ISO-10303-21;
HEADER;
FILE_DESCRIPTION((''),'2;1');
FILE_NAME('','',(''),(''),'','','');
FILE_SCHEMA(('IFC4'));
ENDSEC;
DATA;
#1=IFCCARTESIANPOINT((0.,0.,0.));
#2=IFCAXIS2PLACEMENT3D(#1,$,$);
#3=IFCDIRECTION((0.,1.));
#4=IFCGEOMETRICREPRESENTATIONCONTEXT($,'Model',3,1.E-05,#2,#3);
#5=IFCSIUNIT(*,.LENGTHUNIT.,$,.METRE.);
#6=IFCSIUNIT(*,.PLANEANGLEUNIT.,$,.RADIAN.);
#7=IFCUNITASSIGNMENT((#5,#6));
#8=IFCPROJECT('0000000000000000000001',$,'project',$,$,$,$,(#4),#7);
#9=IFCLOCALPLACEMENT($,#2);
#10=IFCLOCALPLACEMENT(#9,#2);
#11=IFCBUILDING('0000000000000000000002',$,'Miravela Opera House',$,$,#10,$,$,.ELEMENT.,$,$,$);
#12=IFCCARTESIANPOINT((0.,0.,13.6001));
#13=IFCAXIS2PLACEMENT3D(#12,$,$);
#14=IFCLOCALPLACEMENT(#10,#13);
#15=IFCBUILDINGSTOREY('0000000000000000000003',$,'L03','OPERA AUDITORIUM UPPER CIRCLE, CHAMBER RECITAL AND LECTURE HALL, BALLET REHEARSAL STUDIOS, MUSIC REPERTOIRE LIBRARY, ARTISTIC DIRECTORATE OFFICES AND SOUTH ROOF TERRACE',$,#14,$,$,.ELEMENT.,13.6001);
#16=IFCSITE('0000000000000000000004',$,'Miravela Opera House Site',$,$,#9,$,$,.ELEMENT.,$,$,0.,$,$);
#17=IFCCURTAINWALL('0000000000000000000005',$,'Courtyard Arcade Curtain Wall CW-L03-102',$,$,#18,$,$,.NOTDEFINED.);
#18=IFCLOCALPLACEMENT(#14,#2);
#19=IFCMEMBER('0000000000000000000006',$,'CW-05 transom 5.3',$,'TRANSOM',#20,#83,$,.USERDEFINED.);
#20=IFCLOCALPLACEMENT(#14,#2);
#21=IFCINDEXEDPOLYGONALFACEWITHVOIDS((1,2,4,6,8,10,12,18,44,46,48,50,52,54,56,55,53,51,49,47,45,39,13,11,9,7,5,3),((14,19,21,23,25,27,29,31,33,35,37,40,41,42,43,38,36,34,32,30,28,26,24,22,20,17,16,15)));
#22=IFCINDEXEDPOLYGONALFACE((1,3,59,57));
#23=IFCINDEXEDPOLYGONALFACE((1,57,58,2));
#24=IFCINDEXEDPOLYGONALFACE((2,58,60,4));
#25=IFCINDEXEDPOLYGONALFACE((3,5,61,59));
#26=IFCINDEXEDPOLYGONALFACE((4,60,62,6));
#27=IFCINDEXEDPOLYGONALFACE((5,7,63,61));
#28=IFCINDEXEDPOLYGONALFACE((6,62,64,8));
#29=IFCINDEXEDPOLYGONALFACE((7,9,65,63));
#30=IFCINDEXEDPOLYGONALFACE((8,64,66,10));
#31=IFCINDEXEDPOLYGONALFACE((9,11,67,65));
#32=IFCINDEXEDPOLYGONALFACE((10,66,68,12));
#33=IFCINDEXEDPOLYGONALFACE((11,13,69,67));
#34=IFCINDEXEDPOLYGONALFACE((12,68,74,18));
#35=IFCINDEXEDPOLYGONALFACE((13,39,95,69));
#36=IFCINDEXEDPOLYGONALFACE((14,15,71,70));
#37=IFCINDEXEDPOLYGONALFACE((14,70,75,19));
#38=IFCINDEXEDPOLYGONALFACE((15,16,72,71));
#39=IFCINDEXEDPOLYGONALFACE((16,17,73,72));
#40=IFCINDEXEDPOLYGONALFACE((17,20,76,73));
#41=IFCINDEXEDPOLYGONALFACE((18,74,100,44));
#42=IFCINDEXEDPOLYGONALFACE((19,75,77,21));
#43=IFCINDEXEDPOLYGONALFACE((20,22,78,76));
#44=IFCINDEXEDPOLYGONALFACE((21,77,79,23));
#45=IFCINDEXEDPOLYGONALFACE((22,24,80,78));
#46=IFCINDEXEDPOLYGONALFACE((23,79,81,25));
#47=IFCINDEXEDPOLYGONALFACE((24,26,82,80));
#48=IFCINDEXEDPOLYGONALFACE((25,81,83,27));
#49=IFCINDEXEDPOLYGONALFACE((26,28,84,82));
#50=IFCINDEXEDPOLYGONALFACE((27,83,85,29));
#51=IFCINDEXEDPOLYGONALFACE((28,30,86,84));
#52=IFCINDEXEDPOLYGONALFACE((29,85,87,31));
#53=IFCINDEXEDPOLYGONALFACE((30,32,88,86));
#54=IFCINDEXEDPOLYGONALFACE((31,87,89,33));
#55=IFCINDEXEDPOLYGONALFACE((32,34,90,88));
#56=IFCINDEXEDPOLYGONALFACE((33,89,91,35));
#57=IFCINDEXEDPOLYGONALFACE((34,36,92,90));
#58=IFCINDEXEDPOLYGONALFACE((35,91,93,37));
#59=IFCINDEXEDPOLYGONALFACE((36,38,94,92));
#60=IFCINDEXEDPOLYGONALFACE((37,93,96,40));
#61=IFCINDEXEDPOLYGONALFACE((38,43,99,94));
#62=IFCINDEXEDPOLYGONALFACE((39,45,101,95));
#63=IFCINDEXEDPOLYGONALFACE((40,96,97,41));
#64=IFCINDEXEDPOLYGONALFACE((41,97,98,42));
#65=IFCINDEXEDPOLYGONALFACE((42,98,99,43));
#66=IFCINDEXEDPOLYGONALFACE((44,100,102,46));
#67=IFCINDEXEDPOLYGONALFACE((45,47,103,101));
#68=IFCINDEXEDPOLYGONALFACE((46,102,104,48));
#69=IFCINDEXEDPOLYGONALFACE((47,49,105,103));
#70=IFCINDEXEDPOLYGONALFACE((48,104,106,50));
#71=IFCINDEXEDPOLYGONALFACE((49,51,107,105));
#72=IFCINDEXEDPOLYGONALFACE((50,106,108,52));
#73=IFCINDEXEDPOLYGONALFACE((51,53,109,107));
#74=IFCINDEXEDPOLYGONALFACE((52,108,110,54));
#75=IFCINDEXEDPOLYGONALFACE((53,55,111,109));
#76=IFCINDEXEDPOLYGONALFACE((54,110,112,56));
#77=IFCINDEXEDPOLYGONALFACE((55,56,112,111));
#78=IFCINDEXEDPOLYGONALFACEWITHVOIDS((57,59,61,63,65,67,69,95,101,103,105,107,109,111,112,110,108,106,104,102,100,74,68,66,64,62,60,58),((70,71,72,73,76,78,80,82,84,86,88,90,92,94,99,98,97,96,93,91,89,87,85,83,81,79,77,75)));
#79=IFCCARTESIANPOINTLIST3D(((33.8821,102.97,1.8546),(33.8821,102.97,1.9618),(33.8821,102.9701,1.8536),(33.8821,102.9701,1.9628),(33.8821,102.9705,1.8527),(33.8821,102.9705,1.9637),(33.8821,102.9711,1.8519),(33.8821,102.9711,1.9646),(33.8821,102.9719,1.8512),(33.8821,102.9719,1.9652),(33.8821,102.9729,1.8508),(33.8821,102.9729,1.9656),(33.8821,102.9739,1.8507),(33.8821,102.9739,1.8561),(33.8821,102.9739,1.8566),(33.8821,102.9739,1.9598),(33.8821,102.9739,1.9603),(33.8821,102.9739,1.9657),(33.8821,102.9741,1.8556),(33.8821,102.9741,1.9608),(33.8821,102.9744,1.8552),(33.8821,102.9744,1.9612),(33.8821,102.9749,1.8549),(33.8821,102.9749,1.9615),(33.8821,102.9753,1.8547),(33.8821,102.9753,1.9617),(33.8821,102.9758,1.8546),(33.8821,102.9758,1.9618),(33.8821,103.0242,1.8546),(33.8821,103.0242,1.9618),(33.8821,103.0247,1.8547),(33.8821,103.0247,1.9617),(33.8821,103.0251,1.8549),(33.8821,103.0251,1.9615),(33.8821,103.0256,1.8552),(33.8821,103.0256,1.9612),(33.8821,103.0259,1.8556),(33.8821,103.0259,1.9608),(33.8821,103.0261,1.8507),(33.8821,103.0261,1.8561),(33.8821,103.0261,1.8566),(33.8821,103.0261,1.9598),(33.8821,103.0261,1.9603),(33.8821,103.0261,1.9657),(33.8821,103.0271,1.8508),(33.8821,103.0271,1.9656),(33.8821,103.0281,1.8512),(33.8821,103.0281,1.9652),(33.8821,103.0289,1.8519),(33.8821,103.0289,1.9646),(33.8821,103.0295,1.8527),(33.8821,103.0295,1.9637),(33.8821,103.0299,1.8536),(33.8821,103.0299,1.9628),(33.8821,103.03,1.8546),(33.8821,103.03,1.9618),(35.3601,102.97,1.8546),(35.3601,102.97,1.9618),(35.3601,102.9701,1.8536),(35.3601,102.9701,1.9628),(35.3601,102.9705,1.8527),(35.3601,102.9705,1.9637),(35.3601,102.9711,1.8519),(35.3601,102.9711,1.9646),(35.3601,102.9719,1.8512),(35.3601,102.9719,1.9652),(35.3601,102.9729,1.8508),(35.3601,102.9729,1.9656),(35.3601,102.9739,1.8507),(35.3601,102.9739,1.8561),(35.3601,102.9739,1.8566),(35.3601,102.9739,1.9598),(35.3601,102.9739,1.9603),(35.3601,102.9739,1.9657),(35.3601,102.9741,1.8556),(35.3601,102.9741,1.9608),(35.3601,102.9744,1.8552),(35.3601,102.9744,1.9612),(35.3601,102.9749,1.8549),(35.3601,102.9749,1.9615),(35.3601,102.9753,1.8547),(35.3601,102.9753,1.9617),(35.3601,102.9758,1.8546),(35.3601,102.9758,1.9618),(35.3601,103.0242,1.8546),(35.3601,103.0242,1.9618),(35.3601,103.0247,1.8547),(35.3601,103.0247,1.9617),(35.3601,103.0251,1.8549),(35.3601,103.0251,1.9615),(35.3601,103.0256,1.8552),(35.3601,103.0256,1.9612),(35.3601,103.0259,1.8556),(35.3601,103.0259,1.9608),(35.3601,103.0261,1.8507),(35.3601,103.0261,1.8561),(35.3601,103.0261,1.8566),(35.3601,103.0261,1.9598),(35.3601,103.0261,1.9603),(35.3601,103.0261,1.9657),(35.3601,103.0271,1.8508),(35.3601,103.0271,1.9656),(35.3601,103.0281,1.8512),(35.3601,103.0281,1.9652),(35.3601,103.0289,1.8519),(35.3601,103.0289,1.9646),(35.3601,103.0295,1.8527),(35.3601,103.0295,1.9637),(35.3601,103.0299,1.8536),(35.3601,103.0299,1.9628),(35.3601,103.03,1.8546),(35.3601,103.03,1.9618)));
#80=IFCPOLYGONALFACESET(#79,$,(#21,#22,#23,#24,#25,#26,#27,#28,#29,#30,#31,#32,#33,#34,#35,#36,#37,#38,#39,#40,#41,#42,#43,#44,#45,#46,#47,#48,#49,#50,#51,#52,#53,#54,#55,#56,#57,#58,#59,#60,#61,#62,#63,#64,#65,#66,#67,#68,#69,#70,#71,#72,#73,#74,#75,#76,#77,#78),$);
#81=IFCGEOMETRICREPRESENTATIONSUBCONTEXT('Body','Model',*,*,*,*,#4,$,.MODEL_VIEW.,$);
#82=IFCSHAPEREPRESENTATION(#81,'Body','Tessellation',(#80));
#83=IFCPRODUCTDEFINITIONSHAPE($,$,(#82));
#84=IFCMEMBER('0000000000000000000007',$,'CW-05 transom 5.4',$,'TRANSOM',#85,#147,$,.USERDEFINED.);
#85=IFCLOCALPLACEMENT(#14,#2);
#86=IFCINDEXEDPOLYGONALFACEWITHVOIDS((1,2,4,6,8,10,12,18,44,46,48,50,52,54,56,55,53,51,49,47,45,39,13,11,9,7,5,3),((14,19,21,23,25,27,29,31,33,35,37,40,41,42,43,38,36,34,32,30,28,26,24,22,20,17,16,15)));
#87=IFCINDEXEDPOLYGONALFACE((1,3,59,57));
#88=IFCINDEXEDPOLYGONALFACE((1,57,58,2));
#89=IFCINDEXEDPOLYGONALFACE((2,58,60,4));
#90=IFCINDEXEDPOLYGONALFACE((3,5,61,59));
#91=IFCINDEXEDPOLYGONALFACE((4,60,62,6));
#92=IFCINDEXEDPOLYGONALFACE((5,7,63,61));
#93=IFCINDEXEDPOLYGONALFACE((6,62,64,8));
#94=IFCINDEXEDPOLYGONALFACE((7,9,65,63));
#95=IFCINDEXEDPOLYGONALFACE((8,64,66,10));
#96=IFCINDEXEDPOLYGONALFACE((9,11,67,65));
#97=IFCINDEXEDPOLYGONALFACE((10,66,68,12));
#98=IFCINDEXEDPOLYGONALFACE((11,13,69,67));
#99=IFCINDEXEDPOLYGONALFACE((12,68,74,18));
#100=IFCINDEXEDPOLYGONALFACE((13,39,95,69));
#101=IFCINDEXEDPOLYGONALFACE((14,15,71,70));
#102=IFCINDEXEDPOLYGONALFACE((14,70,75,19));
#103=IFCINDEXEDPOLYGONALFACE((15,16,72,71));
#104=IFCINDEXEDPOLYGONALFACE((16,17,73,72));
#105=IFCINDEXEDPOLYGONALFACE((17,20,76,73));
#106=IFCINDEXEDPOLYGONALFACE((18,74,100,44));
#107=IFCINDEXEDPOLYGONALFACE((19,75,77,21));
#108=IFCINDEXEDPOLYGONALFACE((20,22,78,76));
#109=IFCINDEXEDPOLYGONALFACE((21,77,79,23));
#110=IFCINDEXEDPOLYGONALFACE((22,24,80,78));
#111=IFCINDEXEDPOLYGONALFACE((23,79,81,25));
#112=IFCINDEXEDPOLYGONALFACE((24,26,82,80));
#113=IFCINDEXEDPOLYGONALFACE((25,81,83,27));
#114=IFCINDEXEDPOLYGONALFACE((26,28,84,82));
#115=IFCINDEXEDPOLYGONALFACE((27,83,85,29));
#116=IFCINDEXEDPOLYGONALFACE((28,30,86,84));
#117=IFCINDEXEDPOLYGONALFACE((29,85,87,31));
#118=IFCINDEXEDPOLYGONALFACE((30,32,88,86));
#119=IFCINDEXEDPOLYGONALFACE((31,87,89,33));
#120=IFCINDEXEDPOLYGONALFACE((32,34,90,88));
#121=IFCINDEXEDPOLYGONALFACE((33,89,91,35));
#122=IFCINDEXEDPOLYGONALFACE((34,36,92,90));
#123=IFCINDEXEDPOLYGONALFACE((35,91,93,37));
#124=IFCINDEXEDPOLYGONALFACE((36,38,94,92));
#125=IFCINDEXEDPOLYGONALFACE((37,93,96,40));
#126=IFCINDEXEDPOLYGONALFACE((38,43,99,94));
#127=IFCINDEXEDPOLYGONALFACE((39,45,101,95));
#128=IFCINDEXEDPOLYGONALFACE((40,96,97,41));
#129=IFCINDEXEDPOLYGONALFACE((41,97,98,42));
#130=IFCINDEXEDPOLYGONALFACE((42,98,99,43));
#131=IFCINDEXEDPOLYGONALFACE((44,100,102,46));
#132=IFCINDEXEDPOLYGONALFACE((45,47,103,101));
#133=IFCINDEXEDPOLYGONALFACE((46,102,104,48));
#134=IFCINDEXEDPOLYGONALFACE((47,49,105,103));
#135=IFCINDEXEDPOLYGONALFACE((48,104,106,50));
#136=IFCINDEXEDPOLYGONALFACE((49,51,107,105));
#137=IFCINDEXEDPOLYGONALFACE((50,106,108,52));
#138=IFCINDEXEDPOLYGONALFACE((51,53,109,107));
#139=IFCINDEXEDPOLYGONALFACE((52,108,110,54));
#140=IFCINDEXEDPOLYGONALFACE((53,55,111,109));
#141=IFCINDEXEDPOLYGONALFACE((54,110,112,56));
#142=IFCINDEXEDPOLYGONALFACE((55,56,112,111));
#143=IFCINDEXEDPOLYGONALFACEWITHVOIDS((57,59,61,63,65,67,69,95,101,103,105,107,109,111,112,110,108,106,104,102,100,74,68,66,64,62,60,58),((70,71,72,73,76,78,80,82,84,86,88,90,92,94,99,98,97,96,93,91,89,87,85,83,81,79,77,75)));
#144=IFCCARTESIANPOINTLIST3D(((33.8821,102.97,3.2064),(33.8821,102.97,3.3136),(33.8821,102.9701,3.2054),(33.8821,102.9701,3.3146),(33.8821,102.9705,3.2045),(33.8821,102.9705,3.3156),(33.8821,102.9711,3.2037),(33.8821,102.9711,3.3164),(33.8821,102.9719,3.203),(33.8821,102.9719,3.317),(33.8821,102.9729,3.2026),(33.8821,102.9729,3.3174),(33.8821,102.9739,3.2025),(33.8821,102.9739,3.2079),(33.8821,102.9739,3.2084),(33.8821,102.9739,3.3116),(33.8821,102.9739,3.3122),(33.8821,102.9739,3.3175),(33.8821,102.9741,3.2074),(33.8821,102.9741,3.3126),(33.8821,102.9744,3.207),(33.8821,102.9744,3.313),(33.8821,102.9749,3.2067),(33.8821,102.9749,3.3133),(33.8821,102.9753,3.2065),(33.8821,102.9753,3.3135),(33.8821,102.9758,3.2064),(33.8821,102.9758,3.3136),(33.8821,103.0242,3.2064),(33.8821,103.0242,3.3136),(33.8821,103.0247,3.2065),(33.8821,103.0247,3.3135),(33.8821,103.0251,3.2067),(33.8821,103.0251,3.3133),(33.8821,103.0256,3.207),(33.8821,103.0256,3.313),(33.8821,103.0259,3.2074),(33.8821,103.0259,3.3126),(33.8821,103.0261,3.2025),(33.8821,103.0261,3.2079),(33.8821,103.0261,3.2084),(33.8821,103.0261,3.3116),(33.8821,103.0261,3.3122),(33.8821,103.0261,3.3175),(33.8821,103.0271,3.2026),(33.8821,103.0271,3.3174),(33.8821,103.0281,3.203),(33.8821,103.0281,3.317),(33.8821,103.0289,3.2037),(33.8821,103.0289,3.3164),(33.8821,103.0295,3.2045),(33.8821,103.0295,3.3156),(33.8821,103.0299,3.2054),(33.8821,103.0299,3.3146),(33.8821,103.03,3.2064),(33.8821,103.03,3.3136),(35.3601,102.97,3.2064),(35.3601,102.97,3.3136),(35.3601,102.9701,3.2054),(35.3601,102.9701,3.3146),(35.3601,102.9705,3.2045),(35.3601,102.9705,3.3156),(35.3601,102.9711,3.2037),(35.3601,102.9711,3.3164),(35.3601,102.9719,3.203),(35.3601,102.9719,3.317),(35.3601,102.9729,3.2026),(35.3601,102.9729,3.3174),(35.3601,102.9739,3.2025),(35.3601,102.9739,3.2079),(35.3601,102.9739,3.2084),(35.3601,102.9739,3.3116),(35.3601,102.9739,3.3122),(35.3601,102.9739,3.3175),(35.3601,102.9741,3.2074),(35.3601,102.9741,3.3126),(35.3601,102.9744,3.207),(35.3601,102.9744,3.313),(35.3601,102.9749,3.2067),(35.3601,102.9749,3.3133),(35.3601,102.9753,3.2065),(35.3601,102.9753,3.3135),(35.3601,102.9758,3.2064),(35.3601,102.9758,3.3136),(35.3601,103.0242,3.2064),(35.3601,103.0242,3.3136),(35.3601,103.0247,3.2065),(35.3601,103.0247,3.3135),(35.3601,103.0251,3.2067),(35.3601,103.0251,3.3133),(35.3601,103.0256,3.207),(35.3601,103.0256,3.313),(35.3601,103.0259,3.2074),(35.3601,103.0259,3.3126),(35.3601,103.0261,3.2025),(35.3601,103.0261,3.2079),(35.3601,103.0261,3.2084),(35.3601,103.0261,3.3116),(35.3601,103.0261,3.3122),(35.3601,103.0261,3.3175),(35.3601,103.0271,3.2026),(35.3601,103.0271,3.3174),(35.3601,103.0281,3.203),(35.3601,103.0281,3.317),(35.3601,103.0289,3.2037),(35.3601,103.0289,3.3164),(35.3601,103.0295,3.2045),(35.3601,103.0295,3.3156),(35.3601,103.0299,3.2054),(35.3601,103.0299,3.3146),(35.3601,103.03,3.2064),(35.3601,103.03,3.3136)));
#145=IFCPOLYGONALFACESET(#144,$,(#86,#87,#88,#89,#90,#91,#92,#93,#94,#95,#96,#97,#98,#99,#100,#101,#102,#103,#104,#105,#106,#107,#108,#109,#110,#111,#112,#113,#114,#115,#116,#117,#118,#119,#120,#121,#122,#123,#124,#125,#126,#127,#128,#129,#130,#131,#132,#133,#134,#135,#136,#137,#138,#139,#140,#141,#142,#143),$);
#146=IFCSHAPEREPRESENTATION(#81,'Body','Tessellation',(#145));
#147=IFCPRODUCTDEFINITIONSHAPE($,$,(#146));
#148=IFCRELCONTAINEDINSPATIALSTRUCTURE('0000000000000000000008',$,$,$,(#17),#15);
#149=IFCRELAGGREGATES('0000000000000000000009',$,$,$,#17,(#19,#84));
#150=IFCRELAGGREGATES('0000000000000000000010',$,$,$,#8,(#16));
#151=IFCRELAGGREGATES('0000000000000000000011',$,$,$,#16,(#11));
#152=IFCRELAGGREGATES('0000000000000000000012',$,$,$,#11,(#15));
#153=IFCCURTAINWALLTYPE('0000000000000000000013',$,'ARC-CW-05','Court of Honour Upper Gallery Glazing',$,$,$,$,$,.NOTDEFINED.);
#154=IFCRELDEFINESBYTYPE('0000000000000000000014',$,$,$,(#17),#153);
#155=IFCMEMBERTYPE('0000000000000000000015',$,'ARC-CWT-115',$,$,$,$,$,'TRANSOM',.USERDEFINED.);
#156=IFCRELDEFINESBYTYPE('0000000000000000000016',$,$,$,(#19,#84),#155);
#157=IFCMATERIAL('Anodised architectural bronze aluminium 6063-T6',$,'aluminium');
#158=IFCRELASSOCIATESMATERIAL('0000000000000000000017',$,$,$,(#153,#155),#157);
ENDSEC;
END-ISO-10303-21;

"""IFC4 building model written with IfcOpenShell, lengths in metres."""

from ifc_helpers import new_model, si_unit, direction, frame, origin, origin_2d, place, context, subcontext, project, spatial, hollow_rectangle, extrude, material, material_profile, profile_set, type_object, element, aggregate, save


model = new_model("IFC4")

# Units and contexts
model_context = context("Model", 3, precision=1e-05, world=origin(), true_north=direction((0.0, 1.0)))
body_context = subcontext(model_context, "Body", "Model", "MODEL_VIEW")
ifc_project = project(units=[si_unit("LENGTHUNIT", "METRE"), si_unit("PLANEANGLEUNIT", "RADIAN")], contexts=[model_context])

# Site, building, storey
site_placement = place(None, origin())
site = spatial("IfcSite", under=ifc_project, at=site_placement, Name="Miravela Opera House Site", CompositionType="ELEMENT", RefElevation=0.0)
building_placement = place(site_placement, origin())
building = spatial("IfcBuilding", under=site, at=building_placement, Name="Miravela Opera House", CompositionType="ELEMENT")
storey_placement = place(building_placement, frame((0.0, 0.0, 13.6001)))
storey = spatial("IfcBuildingStorey", under=building, at=storey_placement, Name="L03", Description="OPERA AUDITORIUM UPPER CIRCLE, CHAMBER RECITAL AND LECTURE HALL, BALLET REHEARSAL STUDIOS, MUSIC REPERTOIRE LIBRARY, ARTISTIC DIRECTORATE OFFICES AND SOUTH ROOF TERRACE", CompositionType="ELEMENT", Elevation=13.6001)

# Curtain wall
ifc_material_1 = material(Name="Anodised architectural bronze aluminium 6063-T6", Category="aluminium")
curtain_wall_type = type_object("IfcCurtainWallType", Name="ARC-CW-05", Description="Court of Honour Upper Gallery Glazing", PredefinedType="NOTDEFINED", material=ifc_material_1)
curtain_wall_1_placement = place(storey_placement, origin())
curtain_wall_1 = element("IfcCurtainWall", 1, at=curtain_wall_1_placement, inside=storey, type_object=curtain_wall_type, Name="Courtyard Arcade Curtain Wall CW-L03-102", PredefinedType="NOTDEFINED")

# Members
ifc_material_profile_1 = material_profile(ifc_material_1, hollow_rectangle(XDim=0.0601, YDim=0.115, WallThickness=0.0039, InnerFilletRadius=0.002, OuterFilletRadius=0.0039, at=origin_2d()), Name="CWT-60X115")
ifc_profile_set_1 = profile_set([ifc_material_profile_1])
member_type_1 = type_object("IfcMemberType", Name="ARC-CWT-115", ElementType="TRANSOM", PredefinedType="USERDEFINED", material=ifc_profile_set_1)
member_1_placement = place(storey_placement, frame((33.8821, 103.0, 1.9082), z_axis=(1.0, 0.0, 0.0), x_axis=(0.0, 1.0, 0.0)))
member_1 = element("IfcMember", 2, at=member_1_placement, type_object=member_type_1, Name="CW-05 transom 5.3", ObjectType="TRANSOM", PredefinedType="USERDEFINED", context=body_context, shape_type="SweptSolid", body=[
    extrude(hollow_rectangle(XDim=0.0601, YDim=0.115, WallThickness=0.0039, InnerFilletRadius=0.002, OuterFilletRadius=0.0039, at=origin_2d()), origin(), (0.0, 0.0, 1.0), 1.478),
])
member_2_placement = place(storey_placement, frame((33.8821, 103.0, 3.26), z_axis=(1.0, 0.0, 0.0), x_axis=(0.0, 1.0, 0.0)))
member_2 = element("IfcMember", 3, at=member_2_placement, type_object=member_type_1, Name="CW-05 transom 5.4", ObjectType="TRANSOM", PredefinedType="USERDEFINED", context=body_context, shape_type="SweptSolid", body=[
    extrude(hollow_rectangle(XDim=0.0601, YDim=0.115, WallThickness=0.0039, InnerFilletRadius=0.002, OuterFilletRadius=0.0039, at=origin_2d()), origin(), (0.0, 0.0, 1.0), 1.478),
])

aggregate(curtain_wall_1, [member_1, member_2])

save(model, "model.ifc")
